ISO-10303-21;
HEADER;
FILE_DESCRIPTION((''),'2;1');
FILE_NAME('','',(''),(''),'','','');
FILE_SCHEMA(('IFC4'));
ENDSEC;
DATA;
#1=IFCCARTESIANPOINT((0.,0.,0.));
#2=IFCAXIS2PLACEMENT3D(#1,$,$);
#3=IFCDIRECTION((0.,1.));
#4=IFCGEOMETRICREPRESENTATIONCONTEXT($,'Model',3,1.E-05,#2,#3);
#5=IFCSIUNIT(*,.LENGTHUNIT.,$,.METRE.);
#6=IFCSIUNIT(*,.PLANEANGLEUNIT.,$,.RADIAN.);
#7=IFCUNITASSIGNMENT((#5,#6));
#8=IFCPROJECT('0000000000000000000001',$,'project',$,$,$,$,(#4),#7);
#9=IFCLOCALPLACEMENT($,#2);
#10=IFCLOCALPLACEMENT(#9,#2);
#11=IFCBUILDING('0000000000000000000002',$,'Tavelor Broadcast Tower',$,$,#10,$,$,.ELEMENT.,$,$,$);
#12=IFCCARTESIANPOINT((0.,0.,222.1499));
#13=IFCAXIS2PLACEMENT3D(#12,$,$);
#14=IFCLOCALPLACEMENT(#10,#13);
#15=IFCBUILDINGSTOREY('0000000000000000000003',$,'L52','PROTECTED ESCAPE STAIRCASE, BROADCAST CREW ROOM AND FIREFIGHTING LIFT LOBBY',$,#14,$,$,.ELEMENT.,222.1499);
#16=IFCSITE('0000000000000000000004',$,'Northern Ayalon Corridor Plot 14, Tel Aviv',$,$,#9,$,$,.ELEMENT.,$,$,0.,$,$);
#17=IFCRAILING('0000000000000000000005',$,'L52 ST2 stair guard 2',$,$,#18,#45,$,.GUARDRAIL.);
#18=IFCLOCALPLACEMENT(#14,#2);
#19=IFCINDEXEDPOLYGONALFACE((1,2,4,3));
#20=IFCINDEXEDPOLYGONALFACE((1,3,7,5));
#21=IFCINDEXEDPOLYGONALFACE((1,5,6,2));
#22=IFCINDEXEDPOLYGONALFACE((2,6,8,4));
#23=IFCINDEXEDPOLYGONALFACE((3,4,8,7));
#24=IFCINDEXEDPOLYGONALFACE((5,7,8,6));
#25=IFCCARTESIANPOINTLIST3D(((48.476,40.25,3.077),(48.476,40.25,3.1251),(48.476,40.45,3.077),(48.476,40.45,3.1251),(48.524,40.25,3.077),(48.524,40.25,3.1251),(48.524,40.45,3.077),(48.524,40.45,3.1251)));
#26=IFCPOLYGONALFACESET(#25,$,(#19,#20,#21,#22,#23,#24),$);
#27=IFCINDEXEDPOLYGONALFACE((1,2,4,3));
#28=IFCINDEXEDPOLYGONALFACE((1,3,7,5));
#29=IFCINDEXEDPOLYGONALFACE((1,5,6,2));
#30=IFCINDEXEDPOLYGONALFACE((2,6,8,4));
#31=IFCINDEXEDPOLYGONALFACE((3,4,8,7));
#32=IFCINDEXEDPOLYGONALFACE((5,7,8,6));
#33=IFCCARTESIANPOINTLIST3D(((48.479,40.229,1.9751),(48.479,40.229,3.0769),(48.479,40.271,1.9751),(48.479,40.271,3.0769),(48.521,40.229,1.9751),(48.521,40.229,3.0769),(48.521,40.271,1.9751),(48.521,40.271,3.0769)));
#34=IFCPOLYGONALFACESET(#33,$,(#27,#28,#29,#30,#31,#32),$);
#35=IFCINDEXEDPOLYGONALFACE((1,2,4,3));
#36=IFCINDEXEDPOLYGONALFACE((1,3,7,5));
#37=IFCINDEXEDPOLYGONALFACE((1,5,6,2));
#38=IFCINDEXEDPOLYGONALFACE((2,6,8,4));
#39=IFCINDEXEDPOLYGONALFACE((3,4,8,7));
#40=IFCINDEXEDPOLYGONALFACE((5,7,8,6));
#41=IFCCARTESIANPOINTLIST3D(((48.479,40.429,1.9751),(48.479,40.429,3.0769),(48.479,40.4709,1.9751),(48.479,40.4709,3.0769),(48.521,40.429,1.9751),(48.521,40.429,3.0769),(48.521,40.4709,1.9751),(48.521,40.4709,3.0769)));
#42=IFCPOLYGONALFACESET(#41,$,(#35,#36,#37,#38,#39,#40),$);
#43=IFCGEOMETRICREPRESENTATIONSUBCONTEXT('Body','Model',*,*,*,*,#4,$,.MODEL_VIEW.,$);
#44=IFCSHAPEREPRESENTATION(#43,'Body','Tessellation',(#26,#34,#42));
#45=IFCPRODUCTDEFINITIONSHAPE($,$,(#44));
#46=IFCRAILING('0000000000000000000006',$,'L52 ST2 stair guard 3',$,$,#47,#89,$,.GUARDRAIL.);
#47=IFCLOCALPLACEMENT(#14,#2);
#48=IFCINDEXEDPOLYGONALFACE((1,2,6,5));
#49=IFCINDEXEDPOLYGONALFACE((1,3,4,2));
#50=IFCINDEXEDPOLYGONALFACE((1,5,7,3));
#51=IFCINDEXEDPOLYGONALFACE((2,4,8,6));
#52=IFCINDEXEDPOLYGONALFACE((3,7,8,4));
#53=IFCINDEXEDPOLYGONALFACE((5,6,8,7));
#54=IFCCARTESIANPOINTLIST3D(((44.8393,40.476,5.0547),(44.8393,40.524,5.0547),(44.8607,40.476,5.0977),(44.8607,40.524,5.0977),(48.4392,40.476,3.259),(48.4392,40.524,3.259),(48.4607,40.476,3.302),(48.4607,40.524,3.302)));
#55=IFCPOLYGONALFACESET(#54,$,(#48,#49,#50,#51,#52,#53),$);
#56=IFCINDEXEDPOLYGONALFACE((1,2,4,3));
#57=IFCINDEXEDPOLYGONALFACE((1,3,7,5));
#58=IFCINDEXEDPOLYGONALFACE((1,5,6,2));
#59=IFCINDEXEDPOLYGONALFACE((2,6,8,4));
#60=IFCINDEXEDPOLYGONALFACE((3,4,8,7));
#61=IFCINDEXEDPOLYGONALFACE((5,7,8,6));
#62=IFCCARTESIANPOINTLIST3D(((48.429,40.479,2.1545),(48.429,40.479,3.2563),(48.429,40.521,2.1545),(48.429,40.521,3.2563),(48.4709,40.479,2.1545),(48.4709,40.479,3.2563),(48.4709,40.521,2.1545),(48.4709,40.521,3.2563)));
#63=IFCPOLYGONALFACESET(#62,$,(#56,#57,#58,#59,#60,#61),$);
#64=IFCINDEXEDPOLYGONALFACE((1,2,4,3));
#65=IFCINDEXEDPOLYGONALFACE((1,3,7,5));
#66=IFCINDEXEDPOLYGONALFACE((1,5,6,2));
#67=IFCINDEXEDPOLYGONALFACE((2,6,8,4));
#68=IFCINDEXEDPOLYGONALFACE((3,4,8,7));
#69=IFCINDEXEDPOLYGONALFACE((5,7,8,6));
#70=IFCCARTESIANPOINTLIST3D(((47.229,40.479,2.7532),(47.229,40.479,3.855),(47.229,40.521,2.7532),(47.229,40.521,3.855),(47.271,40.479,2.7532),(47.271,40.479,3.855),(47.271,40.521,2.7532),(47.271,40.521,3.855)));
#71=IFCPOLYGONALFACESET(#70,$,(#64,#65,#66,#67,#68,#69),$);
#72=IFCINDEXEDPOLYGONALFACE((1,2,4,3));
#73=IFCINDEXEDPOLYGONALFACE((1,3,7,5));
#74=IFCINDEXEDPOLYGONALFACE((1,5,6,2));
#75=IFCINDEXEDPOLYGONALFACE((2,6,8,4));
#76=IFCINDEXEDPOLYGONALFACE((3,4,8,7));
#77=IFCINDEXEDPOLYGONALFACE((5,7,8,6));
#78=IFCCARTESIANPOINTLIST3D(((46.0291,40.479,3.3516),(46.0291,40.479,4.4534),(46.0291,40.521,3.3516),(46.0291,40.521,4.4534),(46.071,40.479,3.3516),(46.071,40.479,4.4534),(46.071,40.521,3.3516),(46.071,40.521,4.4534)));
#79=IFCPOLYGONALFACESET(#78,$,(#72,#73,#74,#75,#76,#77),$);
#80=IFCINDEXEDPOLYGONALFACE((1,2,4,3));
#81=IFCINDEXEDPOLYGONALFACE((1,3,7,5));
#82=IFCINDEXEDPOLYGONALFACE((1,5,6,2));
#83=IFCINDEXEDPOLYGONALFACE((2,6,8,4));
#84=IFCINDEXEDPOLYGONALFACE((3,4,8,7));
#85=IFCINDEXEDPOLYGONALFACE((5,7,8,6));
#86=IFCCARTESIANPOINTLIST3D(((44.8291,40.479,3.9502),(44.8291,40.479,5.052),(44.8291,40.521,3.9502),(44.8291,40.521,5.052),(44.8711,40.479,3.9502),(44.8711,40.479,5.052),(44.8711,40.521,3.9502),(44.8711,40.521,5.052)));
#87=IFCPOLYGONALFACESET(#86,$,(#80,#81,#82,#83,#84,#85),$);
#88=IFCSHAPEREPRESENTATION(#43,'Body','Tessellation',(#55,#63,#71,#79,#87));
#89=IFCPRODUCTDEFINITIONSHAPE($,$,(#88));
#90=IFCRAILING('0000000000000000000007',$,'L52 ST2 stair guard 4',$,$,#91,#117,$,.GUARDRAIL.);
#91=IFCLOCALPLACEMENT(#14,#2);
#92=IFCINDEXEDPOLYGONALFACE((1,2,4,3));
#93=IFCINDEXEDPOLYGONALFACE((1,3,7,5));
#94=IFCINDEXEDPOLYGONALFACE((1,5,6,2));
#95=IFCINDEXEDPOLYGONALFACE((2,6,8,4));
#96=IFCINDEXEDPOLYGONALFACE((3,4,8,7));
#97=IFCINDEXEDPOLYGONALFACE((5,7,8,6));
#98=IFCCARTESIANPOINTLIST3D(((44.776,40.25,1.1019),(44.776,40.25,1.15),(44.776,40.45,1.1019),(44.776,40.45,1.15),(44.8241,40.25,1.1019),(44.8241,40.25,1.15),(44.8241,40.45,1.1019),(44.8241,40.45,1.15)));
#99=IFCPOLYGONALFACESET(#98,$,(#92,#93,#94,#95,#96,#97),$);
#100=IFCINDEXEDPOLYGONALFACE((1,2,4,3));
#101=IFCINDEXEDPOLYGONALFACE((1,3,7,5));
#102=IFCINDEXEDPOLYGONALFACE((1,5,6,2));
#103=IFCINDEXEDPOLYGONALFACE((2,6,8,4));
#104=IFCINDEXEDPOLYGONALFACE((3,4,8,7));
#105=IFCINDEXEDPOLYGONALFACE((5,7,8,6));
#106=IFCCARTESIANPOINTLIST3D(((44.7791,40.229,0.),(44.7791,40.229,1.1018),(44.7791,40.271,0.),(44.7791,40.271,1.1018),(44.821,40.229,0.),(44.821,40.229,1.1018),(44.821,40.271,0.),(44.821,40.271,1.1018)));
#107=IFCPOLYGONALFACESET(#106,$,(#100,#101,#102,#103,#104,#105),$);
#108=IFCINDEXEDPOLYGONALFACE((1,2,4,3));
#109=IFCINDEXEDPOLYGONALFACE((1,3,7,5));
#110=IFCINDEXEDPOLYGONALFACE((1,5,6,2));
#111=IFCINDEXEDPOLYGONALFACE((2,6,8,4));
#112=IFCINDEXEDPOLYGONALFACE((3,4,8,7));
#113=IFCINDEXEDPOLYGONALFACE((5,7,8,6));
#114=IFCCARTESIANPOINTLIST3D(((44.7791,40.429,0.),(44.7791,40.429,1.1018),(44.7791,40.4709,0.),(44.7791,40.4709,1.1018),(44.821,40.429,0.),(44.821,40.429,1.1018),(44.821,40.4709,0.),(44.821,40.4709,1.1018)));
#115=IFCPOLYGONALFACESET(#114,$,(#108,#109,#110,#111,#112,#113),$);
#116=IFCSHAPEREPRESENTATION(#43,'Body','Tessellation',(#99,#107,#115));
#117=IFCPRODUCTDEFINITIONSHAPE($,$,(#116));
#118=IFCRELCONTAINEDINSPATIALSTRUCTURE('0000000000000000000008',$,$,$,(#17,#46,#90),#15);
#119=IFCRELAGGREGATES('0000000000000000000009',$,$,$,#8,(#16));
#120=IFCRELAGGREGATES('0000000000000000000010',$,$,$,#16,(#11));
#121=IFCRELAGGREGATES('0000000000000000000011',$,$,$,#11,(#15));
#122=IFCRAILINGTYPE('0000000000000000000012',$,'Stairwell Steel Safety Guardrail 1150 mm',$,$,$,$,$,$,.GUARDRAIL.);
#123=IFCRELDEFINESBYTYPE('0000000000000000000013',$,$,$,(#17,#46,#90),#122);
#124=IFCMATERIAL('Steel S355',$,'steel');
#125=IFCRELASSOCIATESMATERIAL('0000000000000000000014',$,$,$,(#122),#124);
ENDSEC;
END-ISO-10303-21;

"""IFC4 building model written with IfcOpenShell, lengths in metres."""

from ifc_helpers import new_model, si_unit, direction, frame, origin, origin_2d, place, context, subcontext, project, spatial, rectangle, extrude, material, type_object, element, save


model = new_model("IFC4")

# Units and contexts
model_context = context("Model", 3, precision=1e-05, world=origin(), true_north=direction((0.0, 1.0)))
body_context = subcontext(model_context, "Body", "Model", "MODEL_VIEW")
ifc_project = project(units=[si_unit("LENGTHUNIT", "METRE"), si_unit("PLANEANGLEUNIT", "RADIAN")], contexts=[model_context])

# Site, building, storey
site_placement = place(None, origin())
site = spatial("IfcSite", under=ifc_project, at=site_placement, Name="Northern Ayalon Corridor Plot 14, Tel Aviv", CompositionType="ELEMENT", RefElevation=0.0)
building_placement = place(site_placement, origin())
building = spatial("IfcBuilding", under=site, at=building_placement, Name="Tavelor Broadcast Tower", CompositionType="ELEMENT")
storey_placement = place(building_placement, frame((0.0, 0.0, 222.1499)))
storey = spatial("IfcBuildingStorey", under=building, at=storey_placement, Name="L52", Description="PROTECTED ESCAPE STAIRCASE, BROADCAST CREW ROOM AND FIREFIGHTING LIFT LOBBY", CompositionType="ELEMENT", Elevation=222.1499)

# Shared definitions
ifc_material_1 = material(Name="Steel S355", Category="steel")

# Railings
railing_type_1 = type_object("IfcRailingType", Name="Stairwell Steel Safety Guardrail 1150 mm", PredefinedType="GUARDRAIL", material=ifc_material_1)
railing_1_placement = place(storey_placement, frame((48.5, 40.25, 1.9751)))
element("IfcRailing", 1, at=railing_1_placement, inside=storey, type_object=railing_type_1, Name="L52 ST2 stair guard 2", PredefinedType="GUARDRAIL", context=body_context, shape_type="SweptSolid", body=[
    extrude(rectangle(XDim=0.0481, YDim=0.0481, at=origin_2d()), frame((0.0, 0.0, 1.126), z_axis=(0.0, 1.0, 0.0), x_axis=(-1.0, 0.0, 0.0)), (0.0, 0.0, 1.0), 0.2),
    extrude(rectangle(XDim=0.042, YDim=0.042, at=origin_2d()), origin(), (0.0, 0.0, 1.0), 1.1018),
    extrude(rectangle(XDim=0.042, YDim=0.042, at=origin_2d()), frame((0.0, 0.2, 0.0)), (0.0, 0.0, 1.0), 1.1018),
])
railing_2_placement = place(storey_placement, frame((48.45, 40.5, 2.1545)))
element("IfcRailing", 2, at=railing_2_placement, inside=storey, type_object=railing_type_1, Name="L52 ST2 stair guard 3", PredefinedType="GUARDRAIL", context=body_context, shape_type="SweptSolid", body=[
    extrude(rectangle(XDim=0.0481, YDim=0.0481, at=origin_2d()), frame((0.0, 0.0, 1.126), z_axis=(-0.894852, 0.0, 0.446364), x_axis=(0.0, -1.0, 0.0)), (0.0, 0.0, 1.0), 4.0229),
    extrude(rectangle(XDim=0.042, YDim=0.042, at=origin_2d()), origin(), (0.0, 0.0, 1.0), 1.1018),
    extrude(rectangle(XDim=0.042, YDim=0.042, at=origin_2d()), frame((-1.2, 0.0, 0.5986)), (0.0, 0.0, 1.0), 1.1018),
    extrude(rectangle(XDim=0.042, YDim=0.042, at=origin_2d()), frame((-2.3999, 0.0, 1.197)), (0.0, 0.0, 1.0), 1.1018),
    extrude(rectangle(XDim=0.042, YDim=0.042, at=origin_2d()), frame((-3.5999, 0.0, 1.7957)), (0.0, 0.0, 1.0), 1.1018),
])
railing_3_placement = place(storey_placement, frame((44.8, 40.25, 0.0)))
element("IfcRailing", 3, at=railing_3_placement, inside=storey, type_object=railing_type_1, Name="L52 ST2 stair guard 4", PredefinedType="GUARDRAIL", context=body_context, shape_type="SweptSolid", body=[
    extrude(rectangle(XDim=0.0481, YDim=0.0481, at=origin_2d()), frame((0.0, 0.0, 1.126), z_axis=(0.0, 1.0, 0.0), x_axis=(-1.0, 0.0, 0.0)), (0.0, 0.0, 1.0), 0.2),
    extrude(rectangle(XDim=0.042, YDim=0.042, at=origin_2d()), origin(), (0.0, 0.0, 1.0), 1.1018),
    extrude(rectangle(XDim=0.042, YDim=0.042, at=origin_2d()), frame((0.0, 0.2, 0.0)), (0.0, 0.0, 1.0), 1.1018),
])

save(model, "model.ifc")
